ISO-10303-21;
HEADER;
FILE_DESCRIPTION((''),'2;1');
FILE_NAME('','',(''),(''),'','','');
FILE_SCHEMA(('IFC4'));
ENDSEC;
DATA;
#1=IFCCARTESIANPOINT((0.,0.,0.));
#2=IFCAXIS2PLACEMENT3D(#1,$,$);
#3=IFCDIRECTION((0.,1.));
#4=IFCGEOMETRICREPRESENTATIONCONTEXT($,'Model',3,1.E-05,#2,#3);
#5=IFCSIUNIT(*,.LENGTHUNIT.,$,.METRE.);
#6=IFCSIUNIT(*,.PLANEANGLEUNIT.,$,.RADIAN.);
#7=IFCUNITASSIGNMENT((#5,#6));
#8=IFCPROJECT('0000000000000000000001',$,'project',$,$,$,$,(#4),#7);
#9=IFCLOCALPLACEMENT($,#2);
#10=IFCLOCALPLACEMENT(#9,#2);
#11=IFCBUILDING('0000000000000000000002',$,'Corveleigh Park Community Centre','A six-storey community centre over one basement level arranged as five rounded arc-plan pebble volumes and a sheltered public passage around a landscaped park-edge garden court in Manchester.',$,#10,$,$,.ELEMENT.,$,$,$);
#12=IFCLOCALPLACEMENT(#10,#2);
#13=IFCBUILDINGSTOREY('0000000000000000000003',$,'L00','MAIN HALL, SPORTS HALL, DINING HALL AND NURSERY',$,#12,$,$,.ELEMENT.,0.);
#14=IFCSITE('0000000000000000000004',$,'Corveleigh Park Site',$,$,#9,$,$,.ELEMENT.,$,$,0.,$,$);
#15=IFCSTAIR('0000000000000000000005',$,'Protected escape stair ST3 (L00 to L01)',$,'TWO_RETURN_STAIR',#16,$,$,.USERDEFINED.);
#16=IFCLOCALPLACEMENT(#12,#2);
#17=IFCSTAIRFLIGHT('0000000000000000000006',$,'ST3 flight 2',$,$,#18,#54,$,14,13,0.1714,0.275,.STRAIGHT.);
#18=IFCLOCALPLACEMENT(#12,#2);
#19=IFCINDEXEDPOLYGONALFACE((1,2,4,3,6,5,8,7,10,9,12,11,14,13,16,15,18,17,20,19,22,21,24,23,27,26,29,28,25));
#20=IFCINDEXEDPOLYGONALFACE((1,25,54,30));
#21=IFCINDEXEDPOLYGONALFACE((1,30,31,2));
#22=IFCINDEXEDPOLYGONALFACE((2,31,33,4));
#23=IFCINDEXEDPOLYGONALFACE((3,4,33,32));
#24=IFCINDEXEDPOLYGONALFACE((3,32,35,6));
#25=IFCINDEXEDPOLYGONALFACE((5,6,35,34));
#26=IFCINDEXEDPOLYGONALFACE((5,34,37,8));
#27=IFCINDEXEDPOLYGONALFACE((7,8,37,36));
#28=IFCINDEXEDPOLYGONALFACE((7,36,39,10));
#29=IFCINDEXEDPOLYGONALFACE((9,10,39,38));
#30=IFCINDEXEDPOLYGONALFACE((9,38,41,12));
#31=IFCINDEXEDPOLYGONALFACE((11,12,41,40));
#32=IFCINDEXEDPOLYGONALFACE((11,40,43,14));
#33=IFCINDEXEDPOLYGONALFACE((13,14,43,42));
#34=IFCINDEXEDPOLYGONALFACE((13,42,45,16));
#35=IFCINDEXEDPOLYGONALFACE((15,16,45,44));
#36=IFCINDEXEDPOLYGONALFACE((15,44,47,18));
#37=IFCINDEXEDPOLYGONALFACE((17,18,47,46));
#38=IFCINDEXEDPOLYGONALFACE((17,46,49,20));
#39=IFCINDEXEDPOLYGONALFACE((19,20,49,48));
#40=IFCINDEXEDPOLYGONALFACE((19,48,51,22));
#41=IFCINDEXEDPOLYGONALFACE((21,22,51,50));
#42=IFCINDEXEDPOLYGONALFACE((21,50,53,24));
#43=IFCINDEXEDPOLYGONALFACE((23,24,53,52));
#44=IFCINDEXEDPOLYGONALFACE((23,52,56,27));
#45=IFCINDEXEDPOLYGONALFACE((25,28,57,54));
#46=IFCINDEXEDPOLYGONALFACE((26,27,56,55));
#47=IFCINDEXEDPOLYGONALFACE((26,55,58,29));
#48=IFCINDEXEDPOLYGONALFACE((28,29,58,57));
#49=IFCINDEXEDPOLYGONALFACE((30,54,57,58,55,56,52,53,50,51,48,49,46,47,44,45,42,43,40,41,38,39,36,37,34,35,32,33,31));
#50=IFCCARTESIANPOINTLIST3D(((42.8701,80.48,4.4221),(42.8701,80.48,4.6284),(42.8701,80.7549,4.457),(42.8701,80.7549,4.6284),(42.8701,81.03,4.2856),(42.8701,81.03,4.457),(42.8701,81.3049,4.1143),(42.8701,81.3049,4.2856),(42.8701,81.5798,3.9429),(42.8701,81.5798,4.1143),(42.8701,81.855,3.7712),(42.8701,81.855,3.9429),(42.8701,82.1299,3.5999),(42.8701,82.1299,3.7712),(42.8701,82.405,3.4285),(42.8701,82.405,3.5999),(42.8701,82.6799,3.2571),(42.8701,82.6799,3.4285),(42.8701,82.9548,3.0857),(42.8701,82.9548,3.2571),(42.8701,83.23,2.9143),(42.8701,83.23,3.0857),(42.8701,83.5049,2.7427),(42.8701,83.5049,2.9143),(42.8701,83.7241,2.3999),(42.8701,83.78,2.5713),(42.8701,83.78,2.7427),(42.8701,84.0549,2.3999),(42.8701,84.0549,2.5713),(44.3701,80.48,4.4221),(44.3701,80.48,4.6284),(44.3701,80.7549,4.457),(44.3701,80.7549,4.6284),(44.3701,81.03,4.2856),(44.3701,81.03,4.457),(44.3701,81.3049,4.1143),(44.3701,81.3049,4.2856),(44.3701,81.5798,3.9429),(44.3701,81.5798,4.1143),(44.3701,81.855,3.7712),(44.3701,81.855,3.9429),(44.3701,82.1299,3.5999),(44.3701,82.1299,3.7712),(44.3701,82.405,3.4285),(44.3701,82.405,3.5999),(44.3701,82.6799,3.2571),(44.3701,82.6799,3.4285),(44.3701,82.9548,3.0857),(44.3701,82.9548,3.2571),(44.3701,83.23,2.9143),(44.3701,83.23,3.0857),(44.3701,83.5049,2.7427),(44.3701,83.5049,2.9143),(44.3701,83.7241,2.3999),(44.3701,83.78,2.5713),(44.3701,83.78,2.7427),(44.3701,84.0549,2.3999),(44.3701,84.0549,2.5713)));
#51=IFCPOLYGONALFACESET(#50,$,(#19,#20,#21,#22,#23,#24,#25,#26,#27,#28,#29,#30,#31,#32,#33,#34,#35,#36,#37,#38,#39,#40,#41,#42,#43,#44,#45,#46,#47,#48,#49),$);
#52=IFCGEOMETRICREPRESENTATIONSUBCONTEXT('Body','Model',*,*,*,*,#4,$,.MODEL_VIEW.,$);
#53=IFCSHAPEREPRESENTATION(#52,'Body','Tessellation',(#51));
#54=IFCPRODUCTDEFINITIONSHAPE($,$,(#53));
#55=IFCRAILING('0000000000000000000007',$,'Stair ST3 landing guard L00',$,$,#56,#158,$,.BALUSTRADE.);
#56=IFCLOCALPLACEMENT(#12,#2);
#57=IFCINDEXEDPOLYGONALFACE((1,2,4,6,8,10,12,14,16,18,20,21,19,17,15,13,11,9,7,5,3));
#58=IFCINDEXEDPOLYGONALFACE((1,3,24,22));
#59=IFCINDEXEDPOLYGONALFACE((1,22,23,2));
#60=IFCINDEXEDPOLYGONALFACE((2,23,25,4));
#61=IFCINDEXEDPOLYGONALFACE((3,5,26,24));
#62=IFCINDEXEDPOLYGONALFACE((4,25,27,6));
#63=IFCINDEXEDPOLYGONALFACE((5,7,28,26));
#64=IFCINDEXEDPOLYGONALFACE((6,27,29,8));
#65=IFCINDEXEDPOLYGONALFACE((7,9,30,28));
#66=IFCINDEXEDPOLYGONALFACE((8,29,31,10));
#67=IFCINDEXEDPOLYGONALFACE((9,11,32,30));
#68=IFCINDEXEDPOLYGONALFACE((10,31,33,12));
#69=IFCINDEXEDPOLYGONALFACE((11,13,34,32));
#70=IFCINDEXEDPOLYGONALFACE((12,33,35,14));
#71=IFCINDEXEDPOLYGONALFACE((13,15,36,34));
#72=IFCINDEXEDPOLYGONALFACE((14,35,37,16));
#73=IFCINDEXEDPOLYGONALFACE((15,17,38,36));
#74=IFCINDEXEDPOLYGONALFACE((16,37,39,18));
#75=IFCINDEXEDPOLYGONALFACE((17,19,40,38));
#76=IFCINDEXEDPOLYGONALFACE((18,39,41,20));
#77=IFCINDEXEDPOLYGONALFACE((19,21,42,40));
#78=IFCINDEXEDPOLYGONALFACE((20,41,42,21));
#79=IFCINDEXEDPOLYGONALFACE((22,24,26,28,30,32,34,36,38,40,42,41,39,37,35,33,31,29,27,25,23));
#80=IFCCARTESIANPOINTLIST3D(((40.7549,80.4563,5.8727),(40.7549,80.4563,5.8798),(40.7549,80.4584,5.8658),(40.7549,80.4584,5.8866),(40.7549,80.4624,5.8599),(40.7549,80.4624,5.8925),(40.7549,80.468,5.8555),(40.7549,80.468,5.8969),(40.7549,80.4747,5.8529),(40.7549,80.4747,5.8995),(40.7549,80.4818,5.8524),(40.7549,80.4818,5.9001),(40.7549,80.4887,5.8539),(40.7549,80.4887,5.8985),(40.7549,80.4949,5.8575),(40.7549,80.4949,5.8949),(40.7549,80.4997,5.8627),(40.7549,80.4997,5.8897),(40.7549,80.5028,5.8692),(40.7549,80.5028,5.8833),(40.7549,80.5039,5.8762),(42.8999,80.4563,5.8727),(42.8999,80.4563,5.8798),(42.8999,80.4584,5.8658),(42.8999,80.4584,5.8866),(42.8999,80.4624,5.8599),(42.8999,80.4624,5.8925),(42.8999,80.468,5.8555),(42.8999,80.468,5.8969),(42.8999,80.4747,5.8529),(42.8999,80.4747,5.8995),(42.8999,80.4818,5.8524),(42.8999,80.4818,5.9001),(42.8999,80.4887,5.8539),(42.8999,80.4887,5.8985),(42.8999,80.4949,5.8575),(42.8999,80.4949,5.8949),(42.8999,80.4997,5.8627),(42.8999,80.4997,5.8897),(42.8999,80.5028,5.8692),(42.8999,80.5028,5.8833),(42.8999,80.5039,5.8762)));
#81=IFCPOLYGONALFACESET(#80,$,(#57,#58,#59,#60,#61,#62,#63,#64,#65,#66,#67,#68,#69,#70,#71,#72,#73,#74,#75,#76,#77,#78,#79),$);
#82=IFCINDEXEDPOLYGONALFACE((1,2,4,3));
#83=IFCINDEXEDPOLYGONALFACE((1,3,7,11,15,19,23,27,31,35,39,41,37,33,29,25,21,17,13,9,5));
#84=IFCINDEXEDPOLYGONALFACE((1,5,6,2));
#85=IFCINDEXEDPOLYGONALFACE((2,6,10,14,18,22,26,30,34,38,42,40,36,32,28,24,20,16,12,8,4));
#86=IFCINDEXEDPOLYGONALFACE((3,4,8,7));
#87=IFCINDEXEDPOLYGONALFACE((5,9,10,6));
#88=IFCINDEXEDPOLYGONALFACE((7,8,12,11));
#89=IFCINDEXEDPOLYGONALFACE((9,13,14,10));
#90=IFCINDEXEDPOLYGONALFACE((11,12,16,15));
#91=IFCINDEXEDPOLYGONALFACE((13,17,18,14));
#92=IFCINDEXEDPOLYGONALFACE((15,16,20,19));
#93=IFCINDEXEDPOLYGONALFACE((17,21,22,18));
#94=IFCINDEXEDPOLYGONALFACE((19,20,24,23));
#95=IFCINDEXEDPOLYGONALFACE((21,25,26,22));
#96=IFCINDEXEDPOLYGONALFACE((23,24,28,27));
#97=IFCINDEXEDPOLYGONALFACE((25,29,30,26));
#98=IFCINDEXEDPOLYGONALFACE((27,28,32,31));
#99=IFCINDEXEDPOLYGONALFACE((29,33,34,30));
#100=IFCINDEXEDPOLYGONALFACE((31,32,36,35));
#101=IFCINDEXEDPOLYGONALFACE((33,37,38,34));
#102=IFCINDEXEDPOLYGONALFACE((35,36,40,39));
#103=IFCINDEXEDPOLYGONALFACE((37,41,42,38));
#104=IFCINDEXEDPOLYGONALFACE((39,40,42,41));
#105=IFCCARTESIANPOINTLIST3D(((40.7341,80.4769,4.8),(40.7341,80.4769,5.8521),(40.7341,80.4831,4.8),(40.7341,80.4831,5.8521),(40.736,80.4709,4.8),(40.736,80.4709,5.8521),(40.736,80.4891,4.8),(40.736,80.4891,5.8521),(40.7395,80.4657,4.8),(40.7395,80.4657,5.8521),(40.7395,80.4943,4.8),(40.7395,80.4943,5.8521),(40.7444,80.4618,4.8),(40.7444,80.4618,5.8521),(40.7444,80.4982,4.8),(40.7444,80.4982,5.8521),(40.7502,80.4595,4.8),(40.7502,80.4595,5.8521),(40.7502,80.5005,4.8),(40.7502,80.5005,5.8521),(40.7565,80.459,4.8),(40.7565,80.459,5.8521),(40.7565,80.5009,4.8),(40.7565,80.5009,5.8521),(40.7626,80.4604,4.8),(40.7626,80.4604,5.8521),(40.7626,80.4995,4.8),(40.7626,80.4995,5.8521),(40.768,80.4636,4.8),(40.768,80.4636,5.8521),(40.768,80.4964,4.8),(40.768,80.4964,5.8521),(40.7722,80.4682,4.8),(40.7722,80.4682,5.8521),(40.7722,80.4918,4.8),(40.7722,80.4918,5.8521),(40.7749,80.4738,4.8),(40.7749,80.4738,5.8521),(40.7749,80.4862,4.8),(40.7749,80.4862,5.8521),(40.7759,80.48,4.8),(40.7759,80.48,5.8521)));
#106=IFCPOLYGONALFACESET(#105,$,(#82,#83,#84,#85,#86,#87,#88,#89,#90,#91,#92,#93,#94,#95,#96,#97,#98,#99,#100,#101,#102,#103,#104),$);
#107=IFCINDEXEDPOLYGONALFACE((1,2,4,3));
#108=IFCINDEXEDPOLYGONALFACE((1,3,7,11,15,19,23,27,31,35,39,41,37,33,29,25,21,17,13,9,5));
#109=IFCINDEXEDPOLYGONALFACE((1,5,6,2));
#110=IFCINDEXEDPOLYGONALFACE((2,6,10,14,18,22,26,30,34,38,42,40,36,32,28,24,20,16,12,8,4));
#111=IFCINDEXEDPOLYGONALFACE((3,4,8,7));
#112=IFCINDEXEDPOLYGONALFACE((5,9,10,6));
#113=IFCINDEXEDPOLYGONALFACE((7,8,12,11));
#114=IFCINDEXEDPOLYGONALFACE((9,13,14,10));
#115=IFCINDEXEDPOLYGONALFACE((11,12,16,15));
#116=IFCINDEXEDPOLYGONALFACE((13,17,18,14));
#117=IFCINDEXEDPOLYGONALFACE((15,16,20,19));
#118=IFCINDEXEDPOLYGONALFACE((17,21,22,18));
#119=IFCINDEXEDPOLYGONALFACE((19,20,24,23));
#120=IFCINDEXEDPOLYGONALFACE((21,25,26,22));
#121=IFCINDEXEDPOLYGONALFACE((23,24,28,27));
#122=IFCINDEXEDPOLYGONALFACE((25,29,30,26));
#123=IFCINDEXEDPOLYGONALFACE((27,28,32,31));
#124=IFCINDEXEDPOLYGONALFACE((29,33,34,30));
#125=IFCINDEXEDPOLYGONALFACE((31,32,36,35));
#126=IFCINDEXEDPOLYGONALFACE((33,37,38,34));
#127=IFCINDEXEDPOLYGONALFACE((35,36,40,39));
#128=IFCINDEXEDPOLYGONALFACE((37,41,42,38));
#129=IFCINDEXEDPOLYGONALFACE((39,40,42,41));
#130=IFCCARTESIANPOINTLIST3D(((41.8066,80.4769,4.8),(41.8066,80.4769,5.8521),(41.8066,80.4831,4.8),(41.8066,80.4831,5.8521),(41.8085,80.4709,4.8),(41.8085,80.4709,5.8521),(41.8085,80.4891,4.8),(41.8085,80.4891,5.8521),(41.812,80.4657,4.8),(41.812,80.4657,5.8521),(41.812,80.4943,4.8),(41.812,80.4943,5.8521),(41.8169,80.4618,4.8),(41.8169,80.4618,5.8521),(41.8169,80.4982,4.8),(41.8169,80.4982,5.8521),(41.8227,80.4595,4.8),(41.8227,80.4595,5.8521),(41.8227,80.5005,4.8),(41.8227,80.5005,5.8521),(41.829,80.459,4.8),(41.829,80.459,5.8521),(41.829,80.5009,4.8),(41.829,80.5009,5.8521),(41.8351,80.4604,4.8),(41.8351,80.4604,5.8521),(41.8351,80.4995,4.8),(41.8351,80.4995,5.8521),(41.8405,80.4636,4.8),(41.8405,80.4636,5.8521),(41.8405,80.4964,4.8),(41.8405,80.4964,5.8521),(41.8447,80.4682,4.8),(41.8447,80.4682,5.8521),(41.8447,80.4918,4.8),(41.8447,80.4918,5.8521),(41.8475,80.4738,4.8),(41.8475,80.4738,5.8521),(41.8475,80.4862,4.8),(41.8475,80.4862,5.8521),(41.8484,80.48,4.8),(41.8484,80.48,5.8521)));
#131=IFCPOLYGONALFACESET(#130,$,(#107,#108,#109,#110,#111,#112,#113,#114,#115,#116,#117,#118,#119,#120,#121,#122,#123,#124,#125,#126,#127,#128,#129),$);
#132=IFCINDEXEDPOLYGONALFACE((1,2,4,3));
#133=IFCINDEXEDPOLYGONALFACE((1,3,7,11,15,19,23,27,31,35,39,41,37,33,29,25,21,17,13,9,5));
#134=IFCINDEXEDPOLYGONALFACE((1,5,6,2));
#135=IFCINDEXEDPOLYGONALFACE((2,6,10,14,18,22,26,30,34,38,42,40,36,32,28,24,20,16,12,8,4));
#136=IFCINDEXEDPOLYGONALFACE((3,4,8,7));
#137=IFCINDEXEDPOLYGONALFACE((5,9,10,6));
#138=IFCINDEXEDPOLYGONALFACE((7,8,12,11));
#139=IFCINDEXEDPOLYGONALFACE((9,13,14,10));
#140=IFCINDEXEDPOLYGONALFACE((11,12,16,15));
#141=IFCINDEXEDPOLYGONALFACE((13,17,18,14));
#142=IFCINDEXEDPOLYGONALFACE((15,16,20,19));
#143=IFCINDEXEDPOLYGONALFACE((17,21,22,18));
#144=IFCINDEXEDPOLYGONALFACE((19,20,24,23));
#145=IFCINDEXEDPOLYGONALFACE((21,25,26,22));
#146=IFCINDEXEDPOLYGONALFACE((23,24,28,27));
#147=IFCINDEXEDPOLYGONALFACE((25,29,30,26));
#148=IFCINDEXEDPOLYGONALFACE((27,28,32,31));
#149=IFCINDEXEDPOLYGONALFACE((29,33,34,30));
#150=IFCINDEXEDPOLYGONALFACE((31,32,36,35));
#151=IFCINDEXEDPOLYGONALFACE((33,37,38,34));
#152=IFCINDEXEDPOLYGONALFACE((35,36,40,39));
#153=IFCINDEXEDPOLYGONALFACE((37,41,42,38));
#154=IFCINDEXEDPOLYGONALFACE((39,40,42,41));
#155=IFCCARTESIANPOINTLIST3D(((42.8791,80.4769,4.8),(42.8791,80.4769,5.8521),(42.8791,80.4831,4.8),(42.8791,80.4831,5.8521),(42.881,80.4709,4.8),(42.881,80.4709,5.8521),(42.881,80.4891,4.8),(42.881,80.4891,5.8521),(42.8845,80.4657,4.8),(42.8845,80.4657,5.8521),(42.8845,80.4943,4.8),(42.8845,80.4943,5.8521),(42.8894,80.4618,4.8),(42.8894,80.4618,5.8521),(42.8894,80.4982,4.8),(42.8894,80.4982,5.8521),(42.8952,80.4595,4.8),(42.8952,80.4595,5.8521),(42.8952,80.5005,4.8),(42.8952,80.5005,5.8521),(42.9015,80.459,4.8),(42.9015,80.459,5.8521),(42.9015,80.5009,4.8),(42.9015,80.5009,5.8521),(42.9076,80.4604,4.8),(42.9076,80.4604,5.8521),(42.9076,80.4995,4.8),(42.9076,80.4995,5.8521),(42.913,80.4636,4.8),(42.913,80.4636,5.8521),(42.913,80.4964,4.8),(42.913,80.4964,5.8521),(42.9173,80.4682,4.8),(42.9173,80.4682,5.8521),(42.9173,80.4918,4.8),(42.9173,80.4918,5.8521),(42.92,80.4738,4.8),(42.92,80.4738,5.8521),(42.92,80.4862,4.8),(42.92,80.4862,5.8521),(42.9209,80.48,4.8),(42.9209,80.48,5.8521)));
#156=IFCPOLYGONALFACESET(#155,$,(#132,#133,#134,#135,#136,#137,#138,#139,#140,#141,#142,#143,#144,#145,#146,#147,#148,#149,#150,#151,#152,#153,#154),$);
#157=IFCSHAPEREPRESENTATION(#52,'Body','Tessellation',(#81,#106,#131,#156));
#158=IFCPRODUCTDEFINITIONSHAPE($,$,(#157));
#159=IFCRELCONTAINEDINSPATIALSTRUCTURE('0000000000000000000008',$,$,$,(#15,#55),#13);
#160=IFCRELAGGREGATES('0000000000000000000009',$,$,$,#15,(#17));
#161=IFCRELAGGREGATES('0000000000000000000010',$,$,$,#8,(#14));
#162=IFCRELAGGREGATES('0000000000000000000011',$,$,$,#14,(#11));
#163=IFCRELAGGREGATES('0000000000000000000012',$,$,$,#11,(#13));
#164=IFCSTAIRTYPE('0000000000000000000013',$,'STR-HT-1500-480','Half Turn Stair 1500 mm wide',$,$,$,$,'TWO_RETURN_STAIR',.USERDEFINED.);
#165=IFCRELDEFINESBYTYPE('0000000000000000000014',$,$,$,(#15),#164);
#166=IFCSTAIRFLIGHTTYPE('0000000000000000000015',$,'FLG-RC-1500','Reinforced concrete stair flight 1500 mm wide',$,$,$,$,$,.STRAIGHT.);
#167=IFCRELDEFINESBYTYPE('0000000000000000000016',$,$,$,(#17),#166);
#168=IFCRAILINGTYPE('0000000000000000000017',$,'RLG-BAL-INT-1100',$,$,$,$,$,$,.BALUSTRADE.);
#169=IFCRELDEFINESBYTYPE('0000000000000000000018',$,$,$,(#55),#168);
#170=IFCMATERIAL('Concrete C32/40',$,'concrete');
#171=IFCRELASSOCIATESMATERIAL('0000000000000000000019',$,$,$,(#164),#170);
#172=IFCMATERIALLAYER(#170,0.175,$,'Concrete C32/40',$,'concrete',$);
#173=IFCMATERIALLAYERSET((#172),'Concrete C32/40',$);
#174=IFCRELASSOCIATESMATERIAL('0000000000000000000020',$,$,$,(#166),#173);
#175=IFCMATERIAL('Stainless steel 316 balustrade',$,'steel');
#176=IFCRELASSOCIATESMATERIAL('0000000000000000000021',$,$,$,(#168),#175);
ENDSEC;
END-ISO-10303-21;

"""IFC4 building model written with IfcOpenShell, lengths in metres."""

from ifc_helpers import new_model, si_unit, direction, frame, origin, origin_2d, place, context, subcontext, project, spatial, polyline, circle, outline, extrude, material, layer, layer_set, type_object, element, aggregate, save


model = new_model("IFC4")

# Units and contexts
model_context = context("Model", 3, precision=1e-05, world=origin(), true_north=direction((0.0, 1.0)))
body_context = subcontext(model_context, "Body", "Model", "MODEL_VIEW")
ifc_project = project(units=[si_unit("LENGTHUNIT", "METRE"), si_unit("PLANEANGLEUNIT", "RADIAN")], contexts=[model_context])

# Site, building, storey
site_placement = place(None, origin())
site = spatial("IfcSite", under=ifc_project, at=site_placement, Name="Corveleigh Park Site", CompositionType="ELEMENT", RefElevation=0.0)
building_placement = place(site_placement, origin())
building = spatial("IfcBuilding", under=site, at=building_placement, Name="Corveleigh Park Community Centre", Description="A six-storey community centre over one basement level arranged as five rounded arc-plan pebble volumes and a sheltered public passage around a landscaped park-edge garden court in Manchester.", CompositionType="ELEMENT")
storey_placement = place(building_placement, origin())
storey = spatial("IfcBuildingStorey", under=building, at=storey_placement, Name="L00", Description="MAIN HALL, SPORTS HALL, DINING HALL AND NURSERY", CompositionType="ELEMENT", Elevation=0.0)

# Stair, stair flight
ifc_material_1 = material(Name="Concrete C32/40", Category="concrete")
stair_type = type_object("IfcStairType", Name="STR-HT-1500-480", Description="Half Turn Stair 1500 mm wide", ElementType="TWO_RETURN_STAIR", PredefinedType="USERDEFINED", material=ifc_material_1)
stair_placement = place(storey_placement, origin())
stair = element("IfcStair", 1, at=stair_placement, inside=storey, type_object=stair_type, Name="Protected escape stair ST3 (L00 to L01)", ObjectType="TWO_RETURN_STAIR", PredefinedType="USERDEFINED")
ifc_layer_1 = layer(ifc_material_1, 0.175, Name="Concrete C32/40", Category="concrete")
ifc_layer_set_1 = layer_set([ifc_layer_1], Name="Concrete C32/40")
stair_flight_type = type_object("IfcStairFlightType", Name="FLG-RC-1500", Description="Reinforced concrete stair flight 1500 mm wide", PredefinedType="STRAIGHT", material=ifc_layer_set_1)
stair_flight_1_placement = place(storey_placement, frame((43.6201, 84.0549, 2.3999), z_axis=(0.0, 0.0, 1.0), x_axis=(0.0, -1.0, 0.0)))
stair_flight_1 = element("IfcStairFlight", 2, at=stair_flight_1_placement, type_object=stair_flight_type, Name="ST3 flight 2", NumberOfRisers=14, NumberOfTreads=13, PredefinedType="STRAIGHT", RiserHeight=0.1714, TreadLength=0.275, context=body_context, shape_type="SweptSolid", body=[
    extrude(outline(polyline([(0.0, 0.0), (0.0, 0.1714), (0.2749, 0.1714), (0.2749, 0.3428), (0.55, 0.3428), (0.55, 0.5144), (0.825, 0.5144), (0.825, 0.6858), (1.1001, 0.6858), (1.1001, 0.8572), (1.375, 0.8572), (1.375, 1.0286), (1.6499, 1.0286), (1.6499, 1.2), (1.925, 1.2), (1.925, 1.3713), (2.2, 1.3713), (2.2, 1.543), (2.4751, 1.543), (2.4751, 1.7144), (2.75, 1.7144), (2.75, 1.8857), (3.0249, 1.8857), (3.0249, 2.0571), (3.3, 2.0571), (3.3, 2.2285), (3.575, 2.2285), (3.575, 2.3999), (3.575, 2.0222), (0.3308, 0.0), (0.0, 0.0)])), frame((0.0, 0.75, 0.0), z_axis=(0.0, -1.0, 0.0), x_axis=(1.0, 0.0, 0.0)), (0.0, 0.0, 1.0), 1.5),
])
aggregate(stair, [stair_flight_1])

# Railing
ifc_material_2 = material(Name="Stainless steel 316 balustrade", Category="steel")
railing_type = type_object("IfcRailingType", Name="RLG-BAL-INT-1100", PredefinedType="BALUSTRADE", material=ifc_material_2)
railing_1_placement = place(storey_placement, frame((40.7549, 80.48, 4.8)))
element("IfcRailing", 3, at=railing_1_placement, inside=storey, type_object=railing_type, Name="Stair ST3 landing guard L00", PredefinedType="BALUSTRADE", context=body_context, shape_type="SweptSolid", body=[
    extrude(circle(Radius=0.0239, at=origin_2d()), frame((0.0, 0.0, 1.0762), z_axis=(1.0, 0.0, 0.0), x_axis=(0.0, 1.0, 0.0)), (0.0, 0.0, 1.0), 2.145),
    extrude(circle(Radius=0.021, at=origin_2d()), origin(), (0.0, 0.0, 1.0), 1.052),
    extrude(circle(Radius=0.021, at=origin_2d()), frame((1.0725, 0.0, 0.0)), (0.0, 0.0, 1.0), 1.052),
    extrude(circle(Radius=0.021, at=origin_2d()), frame((2.145, 0.0, 0.0)), (0.0, 0.0, 1.0), 1.052),
])

save(model, "model.ifc")
